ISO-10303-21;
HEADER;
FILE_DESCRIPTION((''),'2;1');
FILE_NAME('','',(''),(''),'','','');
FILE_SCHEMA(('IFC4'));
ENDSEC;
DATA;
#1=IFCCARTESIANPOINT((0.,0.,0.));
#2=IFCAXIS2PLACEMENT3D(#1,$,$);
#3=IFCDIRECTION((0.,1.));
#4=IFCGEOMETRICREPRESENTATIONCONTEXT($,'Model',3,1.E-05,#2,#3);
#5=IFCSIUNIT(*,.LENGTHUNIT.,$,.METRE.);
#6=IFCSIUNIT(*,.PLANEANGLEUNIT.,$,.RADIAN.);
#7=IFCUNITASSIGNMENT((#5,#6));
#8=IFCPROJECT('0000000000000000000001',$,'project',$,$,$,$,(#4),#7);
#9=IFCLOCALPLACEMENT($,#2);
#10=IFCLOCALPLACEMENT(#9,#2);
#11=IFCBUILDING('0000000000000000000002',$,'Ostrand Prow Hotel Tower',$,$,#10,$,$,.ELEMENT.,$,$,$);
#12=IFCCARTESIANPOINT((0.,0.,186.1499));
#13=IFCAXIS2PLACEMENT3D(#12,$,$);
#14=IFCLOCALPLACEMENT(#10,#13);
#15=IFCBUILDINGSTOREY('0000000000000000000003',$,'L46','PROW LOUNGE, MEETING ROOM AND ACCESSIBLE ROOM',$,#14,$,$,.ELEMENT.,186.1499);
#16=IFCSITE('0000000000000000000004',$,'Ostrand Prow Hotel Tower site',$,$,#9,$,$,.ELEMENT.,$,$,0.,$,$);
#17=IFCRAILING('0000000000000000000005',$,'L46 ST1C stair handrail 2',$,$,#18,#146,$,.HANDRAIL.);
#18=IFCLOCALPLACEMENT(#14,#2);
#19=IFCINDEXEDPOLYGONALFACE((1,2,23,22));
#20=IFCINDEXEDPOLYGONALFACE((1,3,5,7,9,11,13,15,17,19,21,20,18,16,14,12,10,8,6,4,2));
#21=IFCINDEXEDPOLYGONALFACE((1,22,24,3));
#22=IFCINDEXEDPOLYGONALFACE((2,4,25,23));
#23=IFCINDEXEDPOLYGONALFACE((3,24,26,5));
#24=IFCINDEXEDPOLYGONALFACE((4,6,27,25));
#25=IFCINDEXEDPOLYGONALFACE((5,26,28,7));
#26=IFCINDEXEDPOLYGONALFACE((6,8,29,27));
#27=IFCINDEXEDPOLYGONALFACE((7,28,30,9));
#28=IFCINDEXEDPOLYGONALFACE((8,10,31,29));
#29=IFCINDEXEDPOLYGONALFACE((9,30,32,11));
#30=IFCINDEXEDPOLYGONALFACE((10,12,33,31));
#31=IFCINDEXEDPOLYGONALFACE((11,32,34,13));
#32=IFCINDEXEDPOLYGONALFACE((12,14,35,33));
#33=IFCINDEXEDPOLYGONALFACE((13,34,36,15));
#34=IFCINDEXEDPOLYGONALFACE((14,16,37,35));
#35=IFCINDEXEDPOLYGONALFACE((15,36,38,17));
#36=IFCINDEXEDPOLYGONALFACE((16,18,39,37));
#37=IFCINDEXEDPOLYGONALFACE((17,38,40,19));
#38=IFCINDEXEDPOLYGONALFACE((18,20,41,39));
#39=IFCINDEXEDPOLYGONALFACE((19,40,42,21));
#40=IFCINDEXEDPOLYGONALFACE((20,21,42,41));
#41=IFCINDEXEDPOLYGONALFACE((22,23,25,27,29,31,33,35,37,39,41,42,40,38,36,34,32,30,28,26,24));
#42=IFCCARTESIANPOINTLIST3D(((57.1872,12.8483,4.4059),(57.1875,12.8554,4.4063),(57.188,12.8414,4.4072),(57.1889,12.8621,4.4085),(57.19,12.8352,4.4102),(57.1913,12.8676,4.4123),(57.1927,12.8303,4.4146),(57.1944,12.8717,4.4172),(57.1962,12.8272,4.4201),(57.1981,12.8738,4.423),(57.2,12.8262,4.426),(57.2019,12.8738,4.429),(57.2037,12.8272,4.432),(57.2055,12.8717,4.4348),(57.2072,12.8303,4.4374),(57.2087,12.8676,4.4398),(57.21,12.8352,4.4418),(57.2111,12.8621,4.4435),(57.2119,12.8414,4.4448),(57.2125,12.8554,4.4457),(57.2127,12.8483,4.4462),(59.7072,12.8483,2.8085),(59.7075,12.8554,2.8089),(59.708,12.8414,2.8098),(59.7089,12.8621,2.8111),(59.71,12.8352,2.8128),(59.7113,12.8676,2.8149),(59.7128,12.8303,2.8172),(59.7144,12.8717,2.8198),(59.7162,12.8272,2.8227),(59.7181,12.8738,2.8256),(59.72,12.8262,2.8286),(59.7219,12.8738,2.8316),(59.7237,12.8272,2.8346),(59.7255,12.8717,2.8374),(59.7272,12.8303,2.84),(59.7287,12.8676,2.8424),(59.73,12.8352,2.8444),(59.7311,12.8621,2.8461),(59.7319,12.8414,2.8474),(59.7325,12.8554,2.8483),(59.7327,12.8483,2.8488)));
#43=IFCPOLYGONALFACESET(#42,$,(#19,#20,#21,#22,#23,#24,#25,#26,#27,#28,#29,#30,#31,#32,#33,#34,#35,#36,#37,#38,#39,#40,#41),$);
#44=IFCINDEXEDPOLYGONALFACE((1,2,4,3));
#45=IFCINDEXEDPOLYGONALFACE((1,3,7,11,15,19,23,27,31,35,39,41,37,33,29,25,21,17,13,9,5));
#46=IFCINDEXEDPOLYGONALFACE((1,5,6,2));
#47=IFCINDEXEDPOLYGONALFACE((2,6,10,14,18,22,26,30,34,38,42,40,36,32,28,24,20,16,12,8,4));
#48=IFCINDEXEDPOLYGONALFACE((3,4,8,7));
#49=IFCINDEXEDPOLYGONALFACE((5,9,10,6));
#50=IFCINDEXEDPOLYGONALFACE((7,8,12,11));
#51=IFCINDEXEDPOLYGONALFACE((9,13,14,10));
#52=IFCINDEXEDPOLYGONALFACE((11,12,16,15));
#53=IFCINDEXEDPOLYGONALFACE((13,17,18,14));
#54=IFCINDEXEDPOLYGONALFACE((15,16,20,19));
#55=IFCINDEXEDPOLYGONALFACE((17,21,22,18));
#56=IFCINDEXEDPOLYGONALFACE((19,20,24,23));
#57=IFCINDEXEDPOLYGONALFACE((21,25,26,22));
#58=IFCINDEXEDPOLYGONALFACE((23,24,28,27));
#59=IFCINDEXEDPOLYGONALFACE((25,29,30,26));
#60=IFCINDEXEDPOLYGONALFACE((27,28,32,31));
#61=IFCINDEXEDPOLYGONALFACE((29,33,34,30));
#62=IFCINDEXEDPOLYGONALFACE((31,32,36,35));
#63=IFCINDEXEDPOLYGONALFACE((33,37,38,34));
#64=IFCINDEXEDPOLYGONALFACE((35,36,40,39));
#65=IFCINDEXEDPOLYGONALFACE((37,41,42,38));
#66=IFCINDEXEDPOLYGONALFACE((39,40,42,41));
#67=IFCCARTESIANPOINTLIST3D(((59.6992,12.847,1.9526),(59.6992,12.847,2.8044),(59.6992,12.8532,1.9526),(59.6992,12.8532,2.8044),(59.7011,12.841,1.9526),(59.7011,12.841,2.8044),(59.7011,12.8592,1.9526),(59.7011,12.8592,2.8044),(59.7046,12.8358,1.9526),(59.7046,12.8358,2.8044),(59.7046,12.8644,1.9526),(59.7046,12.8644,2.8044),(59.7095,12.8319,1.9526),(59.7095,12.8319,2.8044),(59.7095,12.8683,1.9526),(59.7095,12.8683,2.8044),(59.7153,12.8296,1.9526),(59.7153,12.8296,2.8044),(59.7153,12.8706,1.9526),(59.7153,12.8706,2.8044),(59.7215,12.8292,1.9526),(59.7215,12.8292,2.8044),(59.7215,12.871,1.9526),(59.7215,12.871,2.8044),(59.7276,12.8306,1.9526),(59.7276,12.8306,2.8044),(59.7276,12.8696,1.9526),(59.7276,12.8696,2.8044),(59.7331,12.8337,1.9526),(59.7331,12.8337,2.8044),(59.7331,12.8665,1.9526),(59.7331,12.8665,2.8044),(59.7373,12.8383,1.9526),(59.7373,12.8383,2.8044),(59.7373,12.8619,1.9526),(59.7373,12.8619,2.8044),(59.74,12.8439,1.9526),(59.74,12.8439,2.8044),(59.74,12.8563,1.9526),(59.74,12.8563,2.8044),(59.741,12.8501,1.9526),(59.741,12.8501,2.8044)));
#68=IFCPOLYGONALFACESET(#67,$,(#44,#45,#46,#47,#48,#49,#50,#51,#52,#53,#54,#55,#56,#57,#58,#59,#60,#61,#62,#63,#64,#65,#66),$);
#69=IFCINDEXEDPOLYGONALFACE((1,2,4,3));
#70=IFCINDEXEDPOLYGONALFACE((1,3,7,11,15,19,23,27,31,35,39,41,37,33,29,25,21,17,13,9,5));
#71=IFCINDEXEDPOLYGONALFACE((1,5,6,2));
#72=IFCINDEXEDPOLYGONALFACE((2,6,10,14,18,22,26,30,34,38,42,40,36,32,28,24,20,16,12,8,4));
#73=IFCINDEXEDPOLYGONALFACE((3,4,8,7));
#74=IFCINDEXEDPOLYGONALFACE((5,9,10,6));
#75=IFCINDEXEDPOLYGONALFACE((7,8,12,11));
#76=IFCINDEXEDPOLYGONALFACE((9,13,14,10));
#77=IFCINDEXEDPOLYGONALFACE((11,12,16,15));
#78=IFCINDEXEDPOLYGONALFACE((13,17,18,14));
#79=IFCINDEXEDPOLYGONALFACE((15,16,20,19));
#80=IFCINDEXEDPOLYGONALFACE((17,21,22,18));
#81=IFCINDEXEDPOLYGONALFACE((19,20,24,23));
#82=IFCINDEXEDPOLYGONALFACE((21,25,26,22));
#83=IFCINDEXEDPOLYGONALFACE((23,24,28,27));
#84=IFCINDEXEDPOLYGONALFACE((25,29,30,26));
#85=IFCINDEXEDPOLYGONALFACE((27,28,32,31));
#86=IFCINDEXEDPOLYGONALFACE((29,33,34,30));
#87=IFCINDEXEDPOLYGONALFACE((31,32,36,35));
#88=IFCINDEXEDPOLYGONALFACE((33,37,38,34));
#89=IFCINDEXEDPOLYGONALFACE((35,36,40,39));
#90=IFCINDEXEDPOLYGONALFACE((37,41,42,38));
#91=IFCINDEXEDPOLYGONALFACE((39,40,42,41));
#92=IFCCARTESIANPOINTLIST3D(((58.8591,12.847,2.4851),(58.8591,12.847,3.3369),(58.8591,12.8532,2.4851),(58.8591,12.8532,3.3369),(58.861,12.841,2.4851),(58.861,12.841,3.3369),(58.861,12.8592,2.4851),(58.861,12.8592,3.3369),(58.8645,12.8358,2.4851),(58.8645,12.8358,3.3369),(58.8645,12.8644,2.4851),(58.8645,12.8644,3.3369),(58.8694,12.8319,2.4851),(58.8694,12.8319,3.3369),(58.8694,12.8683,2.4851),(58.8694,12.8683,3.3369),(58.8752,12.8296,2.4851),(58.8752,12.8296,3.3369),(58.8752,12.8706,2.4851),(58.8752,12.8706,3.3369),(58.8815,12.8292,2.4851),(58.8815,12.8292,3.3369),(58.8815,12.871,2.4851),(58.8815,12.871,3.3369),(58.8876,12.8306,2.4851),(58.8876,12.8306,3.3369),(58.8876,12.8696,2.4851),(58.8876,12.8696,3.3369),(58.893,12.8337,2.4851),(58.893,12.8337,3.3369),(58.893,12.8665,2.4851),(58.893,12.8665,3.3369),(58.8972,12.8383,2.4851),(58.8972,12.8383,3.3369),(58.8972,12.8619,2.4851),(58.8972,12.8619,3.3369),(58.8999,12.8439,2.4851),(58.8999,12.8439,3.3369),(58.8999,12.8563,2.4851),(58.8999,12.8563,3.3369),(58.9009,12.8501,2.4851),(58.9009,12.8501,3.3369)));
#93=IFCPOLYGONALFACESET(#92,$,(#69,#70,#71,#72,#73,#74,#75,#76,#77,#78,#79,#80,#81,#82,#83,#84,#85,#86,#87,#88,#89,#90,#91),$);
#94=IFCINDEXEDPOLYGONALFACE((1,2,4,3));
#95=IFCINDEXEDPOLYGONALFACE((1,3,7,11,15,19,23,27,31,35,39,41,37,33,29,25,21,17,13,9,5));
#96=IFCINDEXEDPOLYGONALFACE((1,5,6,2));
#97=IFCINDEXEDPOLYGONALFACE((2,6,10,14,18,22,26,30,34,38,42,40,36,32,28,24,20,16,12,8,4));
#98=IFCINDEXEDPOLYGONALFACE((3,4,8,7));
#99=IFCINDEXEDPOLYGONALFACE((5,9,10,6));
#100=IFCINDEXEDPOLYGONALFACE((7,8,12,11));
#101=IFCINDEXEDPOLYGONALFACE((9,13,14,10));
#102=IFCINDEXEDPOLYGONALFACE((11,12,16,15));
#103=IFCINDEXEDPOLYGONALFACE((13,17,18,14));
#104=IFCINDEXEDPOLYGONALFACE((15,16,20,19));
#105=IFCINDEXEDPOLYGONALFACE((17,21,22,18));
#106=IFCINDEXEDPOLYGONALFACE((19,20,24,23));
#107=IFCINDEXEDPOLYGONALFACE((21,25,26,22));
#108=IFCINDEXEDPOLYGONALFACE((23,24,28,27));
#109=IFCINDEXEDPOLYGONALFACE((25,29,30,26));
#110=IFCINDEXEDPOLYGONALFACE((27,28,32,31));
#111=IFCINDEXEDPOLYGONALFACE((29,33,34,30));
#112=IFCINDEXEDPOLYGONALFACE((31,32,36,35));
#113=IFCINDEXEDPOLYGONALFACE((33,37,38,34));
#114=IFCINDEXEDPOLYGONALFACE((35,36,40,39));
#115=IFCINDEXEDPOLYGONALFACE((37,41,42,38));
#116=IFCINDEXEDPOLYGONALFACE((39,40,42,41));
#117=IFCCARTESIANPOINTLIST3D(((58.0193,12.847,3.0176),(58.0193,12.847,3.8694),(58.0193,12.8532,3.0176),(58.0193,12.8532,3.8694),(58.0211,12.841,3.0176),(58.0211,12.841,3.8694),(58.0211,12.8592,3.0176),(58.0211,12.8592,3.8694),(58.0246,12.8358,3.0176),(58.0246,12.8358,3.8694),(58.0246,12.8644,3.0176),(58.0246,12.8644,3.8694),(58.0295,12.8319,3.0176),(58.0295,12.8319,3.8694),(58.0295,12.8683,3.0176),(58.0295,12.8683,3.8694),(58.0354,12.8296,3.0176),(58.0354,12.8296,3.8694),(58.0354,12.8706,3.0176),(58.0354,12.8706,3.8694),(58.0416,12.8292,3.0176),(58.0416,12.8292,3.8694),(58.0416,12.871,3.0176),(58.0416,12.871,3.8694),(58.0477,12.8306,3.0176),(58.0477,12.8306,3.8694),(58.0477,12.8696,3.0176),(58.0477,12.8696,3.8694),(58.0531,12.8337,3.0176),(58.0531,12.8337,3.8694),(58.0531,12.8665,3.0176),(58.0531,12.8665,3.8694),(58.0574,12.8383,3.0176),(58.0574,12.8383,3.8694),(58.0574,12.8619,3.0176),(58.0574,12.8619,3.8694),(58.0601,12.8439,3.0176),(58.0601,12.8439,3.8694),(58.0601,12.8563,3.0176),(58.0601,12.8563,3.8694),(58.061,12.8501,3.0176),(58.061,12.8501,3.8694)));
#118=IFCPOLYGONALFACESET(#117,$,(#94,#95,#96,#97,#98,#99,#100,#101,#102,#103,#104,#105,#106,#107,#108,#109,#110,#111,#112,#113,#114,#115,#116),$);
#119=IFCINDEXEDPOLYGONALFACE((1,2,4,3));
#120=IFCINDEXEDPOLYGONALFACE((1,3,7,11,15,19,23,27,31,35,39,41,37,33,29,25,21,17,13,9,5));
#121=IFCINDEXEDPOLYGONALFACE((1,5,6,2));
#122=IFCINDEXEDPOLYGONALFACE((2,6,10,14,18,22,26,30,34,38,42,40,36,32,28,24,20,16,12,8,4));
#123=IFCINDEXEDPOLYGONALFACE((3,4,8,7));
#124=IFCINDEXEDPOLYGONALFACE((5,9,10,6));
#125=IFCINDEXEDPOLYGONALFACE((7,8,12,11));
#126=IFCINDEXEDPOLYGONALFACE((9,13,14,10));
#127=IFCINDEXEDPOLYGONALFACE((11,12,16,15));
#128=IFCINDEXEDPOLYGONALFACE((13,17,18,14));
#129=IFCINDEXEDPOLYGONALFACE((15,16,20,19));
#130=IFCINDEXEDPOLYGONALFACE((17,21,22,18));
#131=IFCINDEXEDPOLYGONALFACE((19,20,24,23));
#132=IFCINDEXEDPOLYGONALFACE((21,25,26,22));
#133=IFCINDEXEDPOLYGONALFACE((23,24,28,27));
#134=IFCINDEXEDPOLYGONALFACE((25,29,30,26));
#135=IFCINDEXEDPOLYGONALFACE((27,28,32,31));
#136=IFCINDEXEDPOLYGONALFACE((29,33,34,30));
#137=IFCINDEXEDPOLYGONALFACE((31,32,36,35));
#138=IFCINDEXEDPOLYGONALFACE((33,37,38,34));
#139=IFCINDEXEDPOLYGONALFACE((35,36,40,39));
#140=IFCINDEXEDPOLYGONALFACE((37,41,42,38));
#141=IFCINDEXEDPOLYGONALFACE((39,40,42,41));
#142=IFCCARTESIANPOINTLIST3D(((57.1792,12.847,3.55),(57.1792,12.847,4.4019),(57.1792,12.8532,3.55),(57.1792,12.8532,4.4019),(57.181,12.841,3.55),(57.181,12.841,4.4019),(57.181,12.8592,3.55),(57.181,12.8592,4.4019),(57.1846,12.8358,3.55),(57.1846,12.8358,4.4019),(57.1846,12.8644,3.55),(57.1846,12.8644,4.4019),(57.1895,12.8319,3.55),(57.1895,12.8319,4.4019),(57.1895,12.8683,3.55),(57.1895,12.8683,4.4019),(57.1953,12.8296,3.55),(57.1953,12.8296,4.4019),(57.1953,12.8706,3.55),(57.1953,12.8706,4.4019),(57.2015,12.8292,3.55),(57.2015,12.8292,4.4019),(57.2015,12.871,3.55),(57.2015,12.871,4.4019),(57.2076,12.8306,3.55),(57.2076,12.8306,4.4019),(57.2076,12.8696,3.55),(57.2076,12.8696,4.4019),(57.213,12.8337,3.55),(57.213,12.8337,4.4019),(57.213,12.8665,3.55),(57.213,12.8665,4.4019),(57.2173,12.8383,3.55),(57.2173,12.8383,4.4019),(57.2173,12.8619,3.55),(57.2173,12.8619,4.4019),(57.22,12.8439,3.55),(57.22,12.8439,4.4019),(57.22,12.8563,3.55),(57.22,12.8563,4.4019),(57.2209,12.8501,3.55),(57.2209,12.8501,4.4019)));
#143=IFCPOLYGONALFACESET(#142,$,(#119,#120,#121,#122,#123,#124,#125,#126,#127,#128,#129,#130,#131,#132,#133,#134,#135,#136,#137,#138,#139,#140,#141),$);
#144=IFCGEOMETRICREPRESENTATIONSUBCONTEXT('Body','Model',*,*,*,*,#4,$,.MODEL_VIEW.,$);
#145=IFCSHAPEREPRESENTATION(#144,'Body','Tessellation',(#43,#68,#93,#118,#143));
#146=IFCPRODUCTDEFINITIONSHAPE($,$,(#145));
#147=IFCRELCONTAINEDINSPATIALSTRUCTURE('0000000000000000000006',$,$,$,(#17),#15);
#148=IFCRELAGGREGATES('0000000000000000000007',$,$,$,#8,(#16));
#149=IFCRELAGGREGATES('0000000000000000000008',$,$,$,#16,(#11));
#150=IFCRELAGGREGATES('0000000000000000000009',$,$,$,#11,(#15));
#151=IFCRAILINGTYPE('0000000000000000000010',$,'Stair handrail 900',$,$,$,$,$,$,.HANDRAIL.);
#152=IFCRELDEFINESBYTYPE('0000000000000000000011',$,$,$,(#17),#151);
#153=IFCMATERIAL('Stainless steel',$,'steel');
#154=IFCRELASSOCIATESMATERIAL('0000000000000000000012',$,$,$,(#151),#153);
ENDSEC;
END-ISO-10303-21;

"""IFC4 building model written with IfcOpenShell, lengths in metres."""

from ifc_helpers import new_model, si_unit, direction, frame, origin, origin_2d, place, context, subcontext, project, spatial, circle, extrude, material, type_object, element, save


model = new_model("IFC4")

# Units and contexts
model_context = context("Model", 3, precision=1e-05, world=origin(), true_north=direction((0.0, 1.0)))
body_context = subcontext(model_context, "Body", "Model", "MODEL_VIEW")
ifc_project = project(units=[si_unit("LENGTHUNIT", "METRE"), si_unit("PLANEANGLEUNIT", "RADIAN")], contexts=[model_context])

# Site, building, storey
site_placement = place(None, origin())
site = spatial("IfcSite", under=ifc_project, at=site_placement, Name="Ostrand Prow Hotel Tower site", CompositionType="ELEMENT", RefElevation=0.0)
building_placement = place(site_placement, origin())
building = spatial("IfcBuilding", under=site, at=building_placement, Name="Ostrand Prow Hotel Tower", CompositionType="ELEMENT")
storey_placement = place(building_placement, frame((0.0, 0.0, 186.1499)))
storey = spatial("IfcBuildingStorey", under=building, at=storey_placement, Name="L46", Description="PROW LOUNGE, MEETING ROOM AND ACCESSIBLE ROOM", CompositionType="ELEMENT", Elevation=186.1499)

# Railing
ifc_material_1 = material(Name="Stainless steel", Category="steel")
railing_type_1 = type_object("IfcRailingType", Name="Stair handrail 900", PredefinedType="HANDRAIL", material=ifc_material_1)
railing_1_placement = place(storey_placement, frame((59.72, 12.8501, 1.9526)))
element("IfcRailing", 1, at=railing_1_placement, inside=storey, type_object=railing_type_1, Name="L46 ST1C stair handrail 2", PredefinedType="HANDRAIL", context=body_context, shape_type="SweptSolid", body=[
    extrude(circle(Radius=0.0239, at=origin_2d()), frame((0.0, 0.0, 0.876), z_axis=(-0.844607, 0.0, 0.535387), x_axis=(0.0, -1.0, 0.0)), (0.0, 0.0, 1.0), 2.9836),
    extrude(circle(Radius=0.021, at=origin_2d()), origin(), (0.0, 0.0, 1.0), 0.8518),
    extrude(circle(Radius=0.021, at=origin_2d()), frame((-0.8401, 0.0, 0.5325)), (0.0, 0.0, 1.0), 0.8518),
    extrude(circle(Radius=0.021, at=origin_2d()), frame((-1.6799, 0.0, 1.0649)), (0.0, 0.0, 1.0), 0.8518),
    extrude(circle(Radius=0.021, at=origin_2d()), frame((-2.52, 0.0, 1.5974)), (0.0, 0.0, 1.0), 0.8518),
])

save(model, "model.ifc")
